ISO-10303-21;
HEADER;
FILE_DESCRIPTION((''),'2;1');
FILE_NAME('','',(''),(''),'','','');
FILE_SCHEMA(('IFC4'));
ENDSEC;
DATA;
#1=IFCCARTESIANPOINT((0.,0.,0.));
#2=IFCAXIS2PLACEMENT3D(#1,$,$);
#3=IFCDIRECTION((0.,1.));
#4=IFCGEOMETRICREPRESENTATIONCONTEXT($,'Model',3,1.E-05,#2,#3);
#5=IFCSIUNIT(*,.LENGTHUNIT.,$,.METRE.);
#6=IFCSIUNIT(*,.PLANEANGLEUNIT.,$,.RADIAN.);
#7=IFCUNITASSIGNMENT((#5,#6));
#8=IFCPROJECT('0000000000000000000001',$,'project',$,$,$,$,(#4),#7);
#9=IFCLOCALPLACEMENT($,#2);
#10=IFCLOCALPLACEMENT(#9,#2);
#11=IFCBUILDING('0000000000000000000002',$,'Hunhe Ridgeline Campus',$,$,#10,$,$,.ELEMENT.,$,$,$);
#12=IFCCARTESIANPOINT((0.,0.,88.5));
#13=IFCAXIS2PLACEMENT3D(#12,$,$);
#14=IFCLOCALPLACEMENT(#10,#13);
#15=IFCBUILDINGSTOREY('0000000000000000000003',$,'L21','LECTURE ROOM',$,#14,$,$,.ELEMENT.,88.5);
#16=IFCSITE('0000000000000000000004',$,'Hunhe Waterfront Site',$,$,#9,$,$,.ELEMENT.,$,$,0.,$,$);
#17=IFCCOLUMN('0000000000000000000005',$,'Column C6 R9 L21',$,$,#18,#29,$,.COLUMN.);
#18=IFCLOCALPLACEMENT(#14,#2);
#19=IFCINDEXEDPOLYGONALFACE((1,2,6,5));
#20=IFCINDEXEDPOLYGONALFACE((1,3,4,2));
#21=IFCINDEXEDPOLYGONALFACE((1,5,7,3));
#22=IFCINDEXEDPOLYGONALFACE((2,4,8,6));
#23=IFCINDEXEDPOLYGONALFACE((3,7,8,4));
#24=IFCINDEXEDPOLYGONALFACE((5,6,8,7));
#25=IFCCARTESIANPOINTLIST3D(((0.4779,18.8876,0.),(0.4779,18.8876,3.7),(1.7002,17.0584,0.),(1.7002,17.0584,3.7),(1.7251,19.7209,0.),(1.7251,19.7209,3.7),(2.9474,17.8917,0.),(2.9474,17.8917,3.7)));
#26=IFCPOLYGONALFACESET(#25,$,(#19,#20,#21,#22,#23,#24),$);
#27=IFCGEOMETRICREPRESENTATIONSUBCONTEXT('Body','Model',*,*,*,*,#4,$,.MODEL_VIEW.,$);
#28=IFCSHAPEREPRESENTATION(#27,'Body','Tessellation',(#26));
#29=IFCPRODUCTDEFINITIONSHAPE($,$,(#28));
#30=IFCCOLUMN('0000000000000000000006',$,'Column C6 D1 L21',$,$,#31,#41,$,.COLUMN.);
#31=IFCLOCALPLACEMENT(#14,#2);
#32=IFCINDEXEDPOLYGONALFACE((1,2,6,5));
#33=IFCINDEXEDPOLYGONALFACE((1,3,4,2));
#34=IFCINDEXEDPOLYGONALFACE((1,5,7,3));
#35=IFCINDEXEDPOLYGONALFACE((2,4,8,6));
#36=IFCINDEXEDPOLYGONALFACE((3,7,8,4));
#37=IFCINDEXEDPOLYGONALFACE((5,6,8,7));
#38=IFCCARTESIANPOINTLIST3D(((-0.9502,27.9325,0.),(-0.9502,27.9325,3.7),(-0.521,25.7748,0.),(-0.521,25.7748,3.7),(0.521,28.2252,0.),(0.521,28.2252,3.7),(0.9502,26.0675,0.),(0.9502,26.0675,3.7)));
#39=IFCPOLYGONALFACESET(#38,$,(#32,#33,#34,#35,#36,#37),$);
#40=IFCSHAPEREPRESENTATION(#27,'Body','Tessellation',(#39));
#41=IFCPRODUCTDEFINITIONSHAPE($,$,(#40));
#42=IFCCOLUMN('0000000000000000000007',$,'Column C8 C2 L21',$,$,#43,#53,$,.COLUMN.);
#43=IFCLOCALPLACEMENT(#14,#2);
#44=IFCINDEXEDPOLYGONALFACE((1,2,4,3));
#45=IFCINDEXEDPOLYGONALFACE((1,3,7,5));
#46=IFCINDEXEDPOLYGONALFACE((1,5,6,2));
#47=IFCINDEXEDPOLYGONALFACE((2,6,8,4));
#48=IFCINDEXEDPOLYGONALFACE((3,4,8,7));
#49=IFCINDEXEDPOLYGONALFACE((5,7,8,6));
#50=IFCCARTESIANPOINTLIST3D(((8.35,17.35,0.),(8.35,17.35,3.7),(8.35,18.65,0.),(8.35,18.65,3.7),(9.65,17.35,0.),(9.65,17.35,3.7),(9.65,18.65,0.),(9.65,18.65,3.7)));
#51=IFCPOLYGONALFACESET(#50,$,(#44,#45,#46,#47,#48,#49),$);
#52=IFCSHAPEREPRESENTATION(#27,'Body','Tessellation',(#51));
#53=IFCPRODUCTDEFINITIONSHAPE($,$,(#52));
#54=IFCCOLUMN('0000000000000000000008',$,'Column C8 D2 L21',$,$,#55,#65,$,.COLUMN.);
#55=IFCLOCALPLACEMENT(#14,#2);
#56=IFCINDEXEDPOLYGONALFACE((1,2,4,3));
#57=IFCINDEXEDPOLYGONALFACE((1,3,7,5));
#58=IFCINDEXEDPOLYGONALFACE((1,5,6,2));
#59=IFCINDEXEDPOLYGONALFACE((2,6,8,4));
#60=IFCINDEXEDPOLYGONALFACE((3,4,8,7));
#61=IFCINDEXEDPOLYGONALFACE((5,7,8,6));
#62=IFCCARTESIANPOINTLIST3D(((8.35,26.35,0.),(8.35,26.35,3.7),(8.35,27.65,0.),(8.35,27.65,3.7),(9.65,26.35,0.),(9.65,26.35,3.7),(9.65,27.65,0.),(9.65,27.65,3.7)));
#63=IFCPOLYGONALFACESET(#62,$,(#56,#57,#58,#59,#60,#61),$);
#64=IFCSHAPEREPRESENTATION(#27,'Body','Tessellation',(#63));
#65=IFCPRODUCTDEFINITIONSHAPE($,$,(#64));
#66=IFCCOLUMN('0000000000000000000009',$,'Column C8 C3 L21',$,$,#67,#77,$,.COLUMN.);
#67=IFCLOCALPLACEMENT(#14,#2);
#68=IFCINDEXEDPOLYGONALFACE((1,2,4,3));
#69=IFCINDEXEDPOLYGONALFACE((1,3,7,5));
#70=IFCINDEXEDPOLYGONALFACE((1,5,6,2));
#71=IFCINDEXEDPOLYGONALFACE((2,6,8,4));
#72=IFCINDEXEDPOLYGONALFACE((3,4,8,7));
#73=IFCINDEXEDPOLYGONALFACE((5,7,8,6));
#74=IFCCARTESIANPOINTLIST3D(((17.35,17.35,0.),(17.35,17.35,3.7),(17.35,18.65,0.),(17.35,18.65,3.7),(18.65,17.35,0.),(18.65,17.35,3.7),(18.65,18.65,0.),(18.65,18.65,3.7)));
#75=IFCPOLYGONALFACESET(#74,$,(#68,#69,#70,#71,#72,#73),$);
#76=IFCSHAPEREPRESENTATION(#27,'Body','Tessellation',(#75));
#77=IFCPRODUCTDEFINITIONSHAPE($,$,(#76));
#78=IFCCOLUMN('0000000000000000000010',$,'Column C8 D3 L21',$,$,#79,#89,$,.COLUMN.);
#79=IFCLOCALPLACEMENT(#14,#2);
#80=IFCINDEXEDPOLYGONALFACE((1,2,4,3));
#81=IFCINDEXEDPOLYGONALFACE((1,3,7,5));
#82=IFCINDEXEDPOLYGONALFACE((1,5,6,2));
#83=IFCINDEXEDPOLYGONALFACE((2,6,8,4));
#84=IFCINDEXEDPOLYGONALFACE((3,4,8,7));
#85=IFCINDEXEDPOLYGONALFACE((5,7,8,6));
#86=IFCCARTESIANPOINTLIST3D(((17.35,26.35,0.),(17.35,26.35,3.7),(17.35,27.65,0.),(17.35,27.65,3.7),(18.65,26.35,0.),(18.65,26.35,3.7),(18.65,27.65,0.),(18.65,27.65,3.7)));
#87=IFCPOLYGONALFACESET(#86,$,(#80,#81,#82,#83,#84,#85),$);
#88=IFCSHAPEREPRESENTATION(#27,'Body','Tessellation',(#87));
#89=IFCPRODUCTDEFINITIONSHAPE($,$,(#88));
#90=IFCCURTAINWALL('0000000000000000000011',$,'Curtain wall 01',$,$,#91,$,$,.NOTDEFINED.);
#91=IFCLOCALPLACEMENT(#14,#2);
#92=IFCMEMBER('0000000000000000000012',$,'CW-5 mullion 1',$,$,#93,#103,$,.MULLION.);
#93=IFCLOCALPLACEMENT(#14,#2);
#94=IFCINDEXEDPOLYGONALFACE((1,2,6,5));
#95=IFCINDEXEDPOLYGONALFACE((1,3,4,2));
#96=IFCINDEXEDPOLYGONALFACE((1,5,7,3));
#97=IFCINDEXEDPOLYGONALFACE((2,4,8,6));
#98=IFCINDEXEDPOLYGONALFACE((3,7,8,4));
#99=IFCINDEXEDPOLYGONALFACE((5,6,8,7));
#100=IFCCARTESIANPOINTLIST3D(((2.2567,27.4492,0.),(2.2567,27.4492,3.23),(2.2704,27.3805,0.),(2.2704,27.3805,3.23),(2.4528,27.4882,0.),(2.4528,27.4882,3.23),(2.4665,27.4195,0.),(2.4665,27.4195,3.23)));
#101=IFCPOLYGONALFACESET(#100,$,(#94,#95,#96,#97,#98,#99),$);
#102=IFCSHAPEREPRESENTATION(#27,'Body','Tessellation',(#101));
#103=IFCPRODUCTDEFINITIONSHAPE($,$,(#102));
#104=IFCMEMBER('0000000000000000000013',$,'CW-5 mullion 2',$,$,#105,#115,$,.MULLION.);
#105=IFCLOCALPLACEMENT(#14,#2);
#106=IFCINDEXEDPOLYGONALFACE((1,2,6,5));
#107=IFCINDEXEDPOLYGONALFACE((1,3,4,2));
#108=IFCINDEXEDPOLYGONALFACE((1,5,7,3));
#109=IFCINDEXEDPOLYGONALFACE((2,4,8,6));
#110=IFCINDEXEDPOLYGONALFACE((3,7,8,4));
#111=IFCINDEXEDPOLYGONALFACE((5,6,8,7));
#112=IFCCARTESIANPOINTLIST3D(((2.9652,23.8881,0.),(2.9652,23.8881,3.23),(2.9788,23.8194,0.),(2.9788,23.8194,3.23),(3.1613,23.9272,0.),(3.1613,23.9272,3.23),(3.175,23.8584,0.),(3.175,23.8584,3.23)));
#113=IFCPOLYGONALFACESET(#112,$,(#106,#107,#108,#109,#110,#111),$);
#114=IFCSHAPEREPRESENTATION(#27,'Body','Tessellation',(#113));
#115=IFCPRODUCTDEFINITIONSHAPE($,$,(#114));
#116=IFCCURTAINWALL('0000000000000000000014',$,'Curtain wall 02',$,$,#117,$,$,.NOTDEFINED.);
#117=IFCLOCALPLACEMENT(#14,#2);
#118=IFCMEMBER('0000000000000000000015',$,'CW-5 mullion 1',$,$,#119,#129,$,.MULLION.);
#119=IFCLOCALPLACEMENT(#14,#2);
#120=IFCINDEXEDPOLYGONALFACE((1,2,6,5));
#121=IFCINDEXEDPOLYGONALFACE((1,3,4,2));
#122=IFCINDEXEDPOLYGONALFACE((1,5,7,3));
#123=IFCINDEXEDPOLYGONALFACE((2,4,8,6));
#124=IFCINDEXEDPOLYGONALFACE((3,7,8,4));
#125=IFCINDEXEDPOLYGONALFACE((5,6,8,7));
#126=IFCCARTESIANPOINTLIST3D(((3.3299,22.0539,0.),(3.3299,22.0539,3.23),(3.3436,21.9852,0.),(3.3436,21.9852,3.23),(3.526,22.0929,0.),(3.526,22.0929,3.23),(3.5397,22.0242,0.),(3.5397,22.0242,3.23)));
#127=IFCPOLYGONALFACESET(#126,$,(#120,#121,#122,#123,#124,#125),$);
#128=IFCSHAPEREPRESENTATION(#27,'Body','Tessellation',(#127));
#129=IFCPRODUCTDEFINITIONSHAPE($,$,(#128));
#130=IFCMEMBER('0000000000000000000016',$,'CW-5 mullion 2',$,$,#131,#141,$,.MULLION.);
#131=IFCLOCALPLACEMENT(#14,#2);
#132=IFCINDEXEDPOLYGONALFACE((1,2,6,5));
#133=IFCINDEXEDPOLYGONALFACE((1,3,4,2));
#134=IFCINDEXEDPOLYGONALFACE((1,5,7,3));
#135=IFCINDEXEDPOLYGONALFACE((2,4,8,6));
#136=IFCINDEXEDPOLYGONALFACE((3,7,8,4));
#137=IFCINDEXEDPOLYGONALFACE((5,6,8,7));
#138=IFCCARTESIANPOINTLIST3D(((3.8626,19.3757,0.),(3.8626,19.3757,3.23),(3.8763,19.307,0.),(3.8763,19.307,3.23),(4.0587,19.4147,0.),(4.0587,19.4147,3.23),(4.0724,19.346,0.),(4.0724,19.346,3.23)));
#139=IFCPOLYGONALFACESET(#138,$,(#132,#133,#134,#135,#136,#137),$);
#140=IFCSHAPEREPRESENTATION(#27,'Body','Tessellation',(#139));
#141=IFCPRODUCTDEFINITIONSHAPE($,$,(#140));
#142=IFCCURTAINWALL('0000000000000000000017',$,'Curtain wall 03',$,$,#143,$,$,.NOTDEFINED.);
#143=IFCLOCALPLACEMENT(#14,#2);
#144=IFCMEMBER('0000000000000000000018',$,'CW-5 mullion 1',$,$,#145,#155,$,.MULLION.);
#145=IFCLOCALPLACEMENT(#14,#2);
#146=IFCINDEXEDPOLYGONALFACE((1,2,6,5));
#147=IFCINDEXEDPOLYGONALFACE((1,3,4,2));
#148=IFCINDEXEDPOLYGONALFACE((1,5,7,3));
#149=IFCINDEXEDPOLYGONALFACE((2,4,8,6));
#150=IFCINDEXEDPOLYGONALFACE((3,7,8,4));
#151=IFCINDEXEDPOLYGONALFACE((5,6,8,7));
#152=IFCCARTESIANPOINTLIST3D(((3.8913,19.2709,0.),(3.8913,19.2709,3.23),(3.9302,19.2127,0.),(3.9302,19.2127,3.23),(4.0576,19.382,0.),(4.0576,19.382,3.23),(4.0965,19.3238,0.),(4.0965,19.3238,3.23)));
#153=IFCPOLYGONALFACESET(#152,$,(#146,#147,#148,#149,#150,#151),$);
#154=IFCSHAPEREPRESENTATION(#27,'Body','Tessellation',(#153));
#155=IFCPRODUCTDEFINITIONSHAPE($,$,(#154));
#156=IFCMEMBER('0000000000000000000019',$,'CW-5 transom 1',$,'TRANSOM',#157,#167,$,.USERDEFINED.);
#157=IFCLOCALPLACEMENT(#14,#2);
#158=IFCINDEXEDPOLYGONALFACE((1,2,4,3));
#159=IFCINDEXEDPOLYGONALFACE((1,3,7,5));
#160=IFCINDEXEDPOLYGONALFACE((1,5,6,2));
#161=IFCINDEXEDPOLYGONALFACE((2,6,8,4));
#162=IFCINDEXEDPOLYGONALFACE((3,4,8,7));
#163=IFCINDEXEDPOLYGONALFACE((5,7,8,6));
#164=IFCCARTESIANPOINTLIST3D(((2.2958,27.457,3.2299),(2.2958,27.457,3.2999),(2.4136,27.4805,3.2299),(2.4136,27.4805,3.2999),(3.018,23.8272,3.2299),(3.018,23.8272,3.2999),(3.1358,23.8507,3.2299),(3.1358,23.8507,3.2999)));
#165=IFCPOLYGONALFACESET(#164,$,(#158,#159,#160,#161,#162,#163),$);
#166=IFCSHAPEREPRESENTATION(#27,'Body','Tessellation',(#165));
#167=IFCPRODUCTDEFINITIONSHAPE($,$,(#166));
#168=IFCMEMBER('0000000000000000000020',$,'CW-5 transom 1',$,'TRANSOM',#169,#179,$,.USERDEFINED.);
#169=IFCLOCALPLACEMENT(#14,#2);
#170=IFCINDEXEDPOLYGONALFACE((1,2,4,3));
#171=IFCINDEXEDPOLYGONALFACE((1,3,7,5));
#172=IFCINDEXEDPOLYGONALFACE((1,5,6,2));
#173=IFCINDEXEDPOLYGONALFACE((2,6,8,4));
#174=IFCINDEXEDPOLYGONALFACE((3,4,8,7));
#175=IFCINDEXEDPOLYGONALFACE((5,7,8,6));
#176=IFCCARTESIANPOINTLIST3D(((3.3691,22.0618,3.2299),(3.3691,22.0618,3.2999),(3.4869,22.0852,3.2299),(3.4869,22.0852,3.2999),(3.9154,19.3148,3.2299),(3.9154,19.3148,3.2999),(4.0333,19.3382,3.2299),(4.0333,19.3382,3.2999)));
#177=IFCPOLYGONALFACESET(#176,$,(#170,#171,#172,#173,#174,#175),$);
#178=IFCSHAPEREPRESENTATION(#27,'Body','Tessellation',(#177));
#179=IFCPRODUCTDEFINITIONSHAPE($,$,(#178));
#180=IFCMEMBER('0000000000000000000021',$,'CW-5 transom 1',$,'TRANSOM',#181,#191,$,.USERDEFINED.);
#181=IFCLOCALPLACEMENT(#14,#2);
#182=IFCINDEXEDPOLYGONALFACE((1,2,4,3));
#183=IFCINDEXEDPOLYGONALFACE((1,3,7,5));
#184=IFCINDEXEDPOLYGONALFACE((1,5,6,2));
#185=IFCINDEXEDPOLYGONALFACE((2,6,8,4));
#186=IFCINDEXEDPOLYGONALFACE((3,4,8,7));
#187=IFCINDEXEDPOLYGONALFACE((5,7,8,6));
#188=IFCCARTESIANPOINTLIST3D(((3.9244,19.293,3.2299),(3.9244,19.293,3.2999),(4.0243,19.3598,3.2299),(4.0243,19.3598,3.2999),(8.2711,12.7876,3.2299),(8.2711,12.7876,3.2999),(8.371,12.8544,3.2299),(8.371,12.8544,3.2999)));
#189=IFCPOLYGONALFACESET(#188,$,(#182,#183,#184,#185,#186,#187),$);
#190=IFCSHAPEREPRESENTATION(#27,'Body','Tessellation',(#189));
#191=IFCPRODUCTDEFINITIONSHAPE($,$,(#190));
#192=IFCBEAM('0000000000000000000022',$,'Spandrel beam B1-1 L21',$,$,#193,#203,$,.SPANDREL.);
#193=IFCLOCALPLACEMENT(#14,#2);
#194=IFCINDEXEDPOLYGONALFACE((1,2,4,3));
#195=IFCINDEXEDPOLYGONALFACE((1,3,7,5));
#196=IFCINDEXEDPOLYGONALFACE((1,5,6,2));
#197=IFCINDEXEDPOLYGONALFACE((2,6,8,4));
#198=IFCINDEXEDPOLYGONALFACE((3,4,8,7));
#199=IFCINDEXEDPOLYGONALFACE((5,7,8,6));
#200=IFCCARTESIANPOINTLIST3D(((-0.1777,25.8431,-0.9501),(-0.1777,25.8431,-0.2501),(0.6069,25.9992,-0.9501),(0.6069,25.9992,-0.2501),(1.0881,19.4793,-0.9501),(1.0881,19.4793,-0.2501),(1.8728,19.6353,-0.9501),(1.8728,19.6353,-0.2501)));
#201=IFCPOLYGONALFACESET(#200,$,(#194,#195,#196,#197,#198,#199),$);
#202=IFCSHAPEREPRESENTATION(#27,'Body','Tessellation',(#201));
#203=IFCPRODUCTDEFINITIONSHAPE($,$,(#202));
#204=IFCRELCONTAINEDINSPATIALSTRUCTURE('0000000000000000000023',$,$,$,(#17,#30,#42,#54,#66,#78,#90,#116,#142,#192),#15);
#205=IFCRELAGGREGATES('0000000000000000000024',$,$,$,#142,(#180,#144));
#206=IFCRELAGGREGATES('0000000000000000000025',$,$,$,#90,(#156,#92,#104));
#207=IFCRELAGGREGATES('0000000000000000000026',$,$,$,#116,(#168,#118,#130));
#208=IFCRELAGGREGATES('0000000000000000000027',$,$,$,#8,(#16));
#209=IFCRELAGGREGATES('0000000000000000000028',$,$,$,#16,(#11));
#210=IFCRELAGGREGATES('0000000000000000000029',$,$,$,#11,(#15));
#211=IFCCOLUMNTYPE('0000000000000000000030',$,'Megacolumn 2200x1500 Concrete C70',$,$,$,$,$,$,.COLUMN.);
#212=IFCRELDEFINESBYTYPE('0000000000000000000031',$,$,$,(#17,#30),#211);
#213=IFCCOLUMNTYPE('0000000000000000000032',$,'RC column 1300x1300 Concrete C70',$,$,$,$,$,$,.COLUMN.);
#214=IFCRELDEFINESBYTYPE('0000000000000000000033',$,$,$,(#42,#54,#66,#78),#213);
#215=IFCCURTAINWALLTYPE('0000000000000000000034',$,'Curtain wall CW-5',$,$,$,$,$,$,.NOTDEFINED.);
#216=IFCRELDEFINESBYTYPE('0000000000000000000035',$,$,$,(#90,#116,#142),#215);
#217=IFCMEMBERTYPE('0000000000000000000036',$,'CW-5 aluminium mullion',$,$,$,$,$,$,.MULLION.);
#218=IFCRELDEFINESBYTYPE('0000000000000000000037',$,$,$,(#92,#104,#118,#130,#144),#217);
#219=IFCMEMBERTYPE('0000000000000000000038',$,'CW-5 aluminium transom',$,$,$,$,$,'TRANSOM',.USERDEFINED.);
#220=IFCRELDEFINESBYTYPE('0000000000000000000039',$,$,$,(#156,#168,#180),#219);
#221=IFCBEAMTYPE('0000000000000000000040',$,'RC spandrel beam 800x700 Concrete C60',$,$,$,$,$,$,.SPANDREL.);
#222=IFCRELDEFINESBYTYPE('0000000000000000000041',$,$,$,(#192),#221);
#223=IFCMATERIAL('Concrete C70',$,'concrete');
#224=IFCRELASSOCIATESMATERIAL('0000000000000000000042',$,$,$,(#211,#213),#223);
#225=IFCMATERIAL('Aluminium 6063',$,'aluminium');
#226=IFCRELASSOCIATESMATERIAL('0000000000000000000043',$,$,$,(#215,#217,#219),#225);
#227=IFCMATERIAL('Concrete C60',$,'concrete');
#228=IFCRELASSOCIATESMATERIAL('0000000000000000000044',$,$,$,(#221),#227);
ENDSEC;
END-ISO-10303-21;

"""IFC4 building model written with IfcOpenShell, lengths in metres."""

from ifc_helpers import new_model, si_unit, direction, frame, origin, origin_2d, place, context, subcontext, project, spatial, rectangle, extrude, material, material_profile, profile_set, type_object, element, aggregate, save


model = new_model("IFC4")

# Units and contexts
model_context = context("Model", 3, precision=1e-05, world=origin(), true_north=direction((0.0, 1.0)))
body_context = subcontext(model_context, "Body", "Model", "MODEL_VIEW")
ifc_project = project(units=[si_unit("LENGTHUNIT", "METRE"), si_unit("PLANEANGLEUNIT", "RADIAN")], contexts=[model_context])

# Site, building, storey
site_placement = place(None, origin())
site = spatial("IfcSite", under=ifc_project, at=site_placement, Name="Hunhe Waterfront Site", CompositionType="ELEMENT", RefElevation=0.0)
building_placement = place(site_placement, origin())
building = spatial("IfcBuilding", under=site, at=building_placement, Name="Hunhe Ridgeline Campus", CompositionType="ELEMENT")
storey_placement = place(building_placement, frame((0.0, 0.0, 88.5)))
storey = spatial("IfcBuildingStorey", under=building, at=storey_placement, Name="L21", Description="LECTURE ROOM", CompositionType="ELEMENT", Elevation=88.5)

# Columns
ifc_material_1 = material(Name="Concrete C70", Category="concrete")
ifc_material_profile_1 = material_profile(ifc_material_1, rectangle(XDim=2.2, YDim=1.5, at=origin_2d()))
ifc_profile_set_1 = profile_set([ifc_material_profile_1], Name="Concrete C70")
column_type_1 = type_object("IfcColumnType", Name="Megacolumn 2200x1500 Concrete C70", PredefinedType="COLUMN", material=ifc_profile_set_1)
for number, where, z_axis, x_axis, name in (
    (1, (1.7126, 18.3896, 0.0), (0.0, 0.0, 1.0), (-0.55557, 0.83147, 0.0), "Column C6 R9 L21"),
    (2, (0.0, 27.0, 0.0), (0.0, 0.0, 1.0), (-0.19509, 0.980785, 0.0), "Column C6 D1 L21"),
):
    element("IfcColumn", number, at=place(storey_placement, frame(where, z_axis=z_axis, x_axis=x_axis)), inside=storey, type_object=column_type_1, Name=name, PredefinedType="COLUMN", context=body_context, shape_type="SweptSolid", body=[
        extrude(rectangle(XDim=2.2, YDim=1.5, at=origin_2d()), origin(), (0.0, 0.0, 1.0), 3.7),
    ])
ifc_material_profile_2 = material_profile(ifc_material_1, rectangle(XDim=1.3, YDim=1.3, at=origin_2d()))
ifc_profile_set_2 = profile_set([ifc_material_profile_2], Name="Concrete C70")
column_type_2 = type_object("IfcColumnType", Name="RC column 1300x1300 Concrete C70", PredefinedType="COLUMN", material=ifc_profile_set_2)
for number, where, z_axis, x_axis, name in (
    (3, (9.0, 18.0, 0.0), (0.0, 0.0, 1.0), (1.0, 0.0, 0.0), "Column C8 C2 L21"),
    (4, (9.0, 27.0, 0.0), (0.0, 0.0, 1.0), (1.0, 0.0, 0.0), "Column C8 D2 L21"),
    (5, (18.0, 18.0, 0.0), (0.0, 0.0, 1.0), (1.0, 0.0, 0.0), "Column C8 C3 L21"),
    (6, (18.0, 27.0, 0.0), (0.0, 0.0, 1.0), (1.0, 0.0, 0.0), "Column C8 D3 L21"),
):
    element("IfcColumn", number, at=place(storey_placement, frame(where, z_axis=z_axis, x_axis=x_axis)), inside=storey, type_object=column_type_2, Name=name, PredefinedType="COLUMN", context=body_context, shape_type="SweptSolid", body=[
        extrude(rectangle(XDim=1.3, YDim=1.3, at=origin_2d()), origin(), (0.0, 0.0, 1.0), 3.7),
    ])

# Curtain walls, members
ifc_material_2 = material(Name="Aluminium 6063", Category="aluminium")
curtain_wall_type = type_object("IfcCurtainWallType", Name="Curtain wall CW-5", PredefinedType="NOTDEFINED", material=ifc_material_2)
curtain_wall_1_placement = place(storey_placement, origin())
curtain_wall_1 = element("IfcCurtainWall", 7, at=curtain_wall_1_placement, inside=storey, type_object=curtain_wall_type, Name="Curtain wall 01", PredefinedType="NOTDEFINED")
ifc_material_profile_3 = material_profile(ifc_material_2, rectangle(XDim=0.2, YDim=0.0701, at=origin_2d()))
ifc_profile_set_3 = profile_set([ifc_material_profile_3], Name="Aluminium 6063")
member_type_1 = type_object("IfcMemberType", Name="CW-5 aluminium mullion", PredefinedType="MULLION", material=ifc_profile_set_3)
member_1_placement = place(storey_placement, frame((2.3616, 27.4343, 0.0), z_axis=(0.0, 0.0, 1.0), x_axis=(0.980784, 0.195095, 0.0)))
member_1 = element("IfcMember", 8, at=member_1_placement, type_object=member_type_1, Name="CW-5 mullion 1", PredefinedType="MULLION", context=body_context, shape_type="SweptSolid", body=[
    extrude(rectangle(XDim=0.2, YDim=0.0701, at=origin_2d()), origin(), (0.0, 0.0, 1.0), 3.23),
])
member_2_placement = place(storey_placement, frame((3.0701, 23.8733, 0.0), z_axis=(0.0, 0.0, 1.0), x_axis=(0.980784, 0.195095, 0.0)))
member_2 = element("IfcMember", 9, at=member_2_placement, type_object=member_type_1, Name="CW-5 mullion 2", PredefinedType="MULLION", context=body_context, shape_type="SweptSolid", body=[
    extrude(rectangle(XDim=0.2, YDim=0.0701, at=origin_2d()), origin(), (0.0, 0.0, 1.0), 3.23),
])
curtain_wall_2_placement = place(storey_placement, origin())
curtain_wall_2 = element("IfcCurtainWall", 10, at=curtain_wall_2_placement, inside=storey, type_object=curtain_wall_type, Name="Curtain wall 02", PredefinedType="NOTDEFINED")
member_3_placement = place(storey_placement, frame((3.4348, 22.0391, 0.0), z_axis=(0.0, 0.0, 1.0), x_axis=(0.980784, 0.195095, 0.0)))
member_3 = element("IfcMember", 11, at=member_3_placement, type_object=member_type_1, Name="CW-5 mullion 1", PredefinedType="MULLION", context=body_context, shape_type="SweptSolid", body=[
    extrude(rectangle(XDim=0.2, YDim=0.0701, at=origin_2d()), origin(), (0.0, 0.0, 1.0), 3.23),
])
member_4_placement = place(storey_placement, frame((3.9675, 19.3608, 0.0), z_axis=(0.0, 0.0, 1.0), x_axis=(0.980784, 0.195095, 0.0)))
member_4 = element("IfcMember", 12, at=member_4_placement, type_object=member_type_1, Name="CW-5 mullion 2", PredefinedType="MULLION", context=body_context, shape_type="SweptSolid", body=[
    extrude(rectangle(XDim=0.2, YDim=0.0701, at=origin_2d()), origin(), (0.0, 0.0, 1.0), 3.23),
])

# Curtain wall, member
curtain_wall_3_placement = place(storey_placement, origin())
curtain_wall_3 = element("IfcCurtainWall", 13, at=curtain_wall_3_placement, inside=storey, type_object=curtain_wall_type, Name="Curtain wall 03", PredefinedType="NOTDEFINED")
member_5_placement = place(storey_placement, frame((3.9939, 19.2974, 0.0), z_axis=(0.0, 0.0, 1.0), x_axis=(0.83147, 0.55557, 0.0)))
member_5 = element("IfcMember", 14, at=member_5_placement, type_object=member_type_1, Name="CW-5 mullion 1", PredefinedType="MULLION", context=body_context, shape_type="SweptSolid", body=[
    extrude(rectangle(XDim=0.2, YDim=0.0701, at=origin_2d()), origin(), (0.0, 0.0, 1.0), 3.23),
])

# Members
ifc_material_profile_4 = material_profile(ifc_material_2, rectangle(XDim=0.1201, YDim=0.0701, at=origin_2d()))
ifc_profile_set_4 = profile_set([ifc_material_profile_4], Name="Aluminium 6063")
member_type_2 = type_object("IfcMemberType", Name="CW-5 aluminium transom", ElementType="TRANSOM", PredefinedType="USERDEFINED", material=ifc_profile_set_4)
member_6_placement = place(storey_placement, frame((2.3547, 27.4688, 3.2649), z_axis=(0.195127, -0.980778, 0.0), x_axis=(0.980778, 0.195127, 0.0)))
member_6 = element("IfcMember", 15, at=member_6_placement, type_object=member_type_2, Name="CW-5 transom 1", ObjectType="TRANSOM", PredefinedType="USERDEFINED", context=body_context, shape_type="SweptSolid", body=[
    extrude(rectangle(XDim=0.1201, YDim=0.0701, at=origin_2d()), origin(), (0.0, 0.0, 1.0), 3.7009),
])
member_7_placement = place(storey_placement, frame((3.428, 22.0735, 3.2649), z_axis=(0.195077, -0.980788, 0.0), x_axis=(0.980788, 0.195077, 0.0)))
member_7 = element("IfcMember", 16, at=member_7_placement, type_object=member_type_2, Name="CW-5 transom 1", ObjectType="TRANSOM", PredefinedType="USERDEFINED", context=body_context, shape_type="SweptSolid", body=[
    extrude(rectangle(XDim=0.1201, YDim=0.0701, at=origin_2d()), origin(), (0.0, 0.0, 1.0), 2.8008),
])
member_8_placement = place(storey_placement, frame((3.9744, 19.3264, 3.2649), z_axis=(0.555564, -0.831474, 0.0), x_axis=(0.831474, 0.555564, 0.0)))
member_8 = element("IfcMember", 17, at=member_8_placement, type_object=member_type_2, Name="CW-5 transom 1", ObjectType="TRANSOM", PredefinedType="USERDEFINED", context=body_context, shape_type="SweptSolid", body=[
    extrude(rectangle(XDim=0.1201, YDim=0.0701, at=origin_2d()), origin(), (0.0, 0.0, 1.0), 7.824),
])
aggregate(curtain_wall_3, [member_8, member_5])

# Beam
ifc_material_3 = material(Name="Concrete C60", Category="concrete")
ifc_material_profile_5 = material_profile(ifc_material_3, rectangle(XDim=0.8, YDim=0.7, at=origin_2d()))
ifc_profile_set_5 = profile_set([ifc_material_profile_5], Name="Concrete C60")
beam_type = type_object("IfcBeamType", Name="RC spandrel beam 800x700 Concrete C60", PredefinedType="SPANDREL", material=ifc_profile_set_5)
beam_placement = place(storey_placement, frame((0.2146, 25.9211, -0.6001), z_axis=(0.195096, -0.980784, 0.0), x_axis=(0.980784, 0.195096, 0.0)))
element("IfcBeam", 18, at=beam_placement, inside=storey, type_object=beam_type, Name="Spandrel beam B1-1 L21", PredefinedType="SPANDREL", context=body_context, shape_type="SweptSolid", body=[
    extrude(rectangle(XDim=0.8, YDim=0.7, at=origin_2d()), origin(), (0.0, 0.0, 1.0), 6.4885),
])

aggregate(curtain_wall_1, [member_6, member_1, member_2])
aggregate(curtain_wall_2, [member_7, member_3, member_4])

save(model, "model.ifc")
